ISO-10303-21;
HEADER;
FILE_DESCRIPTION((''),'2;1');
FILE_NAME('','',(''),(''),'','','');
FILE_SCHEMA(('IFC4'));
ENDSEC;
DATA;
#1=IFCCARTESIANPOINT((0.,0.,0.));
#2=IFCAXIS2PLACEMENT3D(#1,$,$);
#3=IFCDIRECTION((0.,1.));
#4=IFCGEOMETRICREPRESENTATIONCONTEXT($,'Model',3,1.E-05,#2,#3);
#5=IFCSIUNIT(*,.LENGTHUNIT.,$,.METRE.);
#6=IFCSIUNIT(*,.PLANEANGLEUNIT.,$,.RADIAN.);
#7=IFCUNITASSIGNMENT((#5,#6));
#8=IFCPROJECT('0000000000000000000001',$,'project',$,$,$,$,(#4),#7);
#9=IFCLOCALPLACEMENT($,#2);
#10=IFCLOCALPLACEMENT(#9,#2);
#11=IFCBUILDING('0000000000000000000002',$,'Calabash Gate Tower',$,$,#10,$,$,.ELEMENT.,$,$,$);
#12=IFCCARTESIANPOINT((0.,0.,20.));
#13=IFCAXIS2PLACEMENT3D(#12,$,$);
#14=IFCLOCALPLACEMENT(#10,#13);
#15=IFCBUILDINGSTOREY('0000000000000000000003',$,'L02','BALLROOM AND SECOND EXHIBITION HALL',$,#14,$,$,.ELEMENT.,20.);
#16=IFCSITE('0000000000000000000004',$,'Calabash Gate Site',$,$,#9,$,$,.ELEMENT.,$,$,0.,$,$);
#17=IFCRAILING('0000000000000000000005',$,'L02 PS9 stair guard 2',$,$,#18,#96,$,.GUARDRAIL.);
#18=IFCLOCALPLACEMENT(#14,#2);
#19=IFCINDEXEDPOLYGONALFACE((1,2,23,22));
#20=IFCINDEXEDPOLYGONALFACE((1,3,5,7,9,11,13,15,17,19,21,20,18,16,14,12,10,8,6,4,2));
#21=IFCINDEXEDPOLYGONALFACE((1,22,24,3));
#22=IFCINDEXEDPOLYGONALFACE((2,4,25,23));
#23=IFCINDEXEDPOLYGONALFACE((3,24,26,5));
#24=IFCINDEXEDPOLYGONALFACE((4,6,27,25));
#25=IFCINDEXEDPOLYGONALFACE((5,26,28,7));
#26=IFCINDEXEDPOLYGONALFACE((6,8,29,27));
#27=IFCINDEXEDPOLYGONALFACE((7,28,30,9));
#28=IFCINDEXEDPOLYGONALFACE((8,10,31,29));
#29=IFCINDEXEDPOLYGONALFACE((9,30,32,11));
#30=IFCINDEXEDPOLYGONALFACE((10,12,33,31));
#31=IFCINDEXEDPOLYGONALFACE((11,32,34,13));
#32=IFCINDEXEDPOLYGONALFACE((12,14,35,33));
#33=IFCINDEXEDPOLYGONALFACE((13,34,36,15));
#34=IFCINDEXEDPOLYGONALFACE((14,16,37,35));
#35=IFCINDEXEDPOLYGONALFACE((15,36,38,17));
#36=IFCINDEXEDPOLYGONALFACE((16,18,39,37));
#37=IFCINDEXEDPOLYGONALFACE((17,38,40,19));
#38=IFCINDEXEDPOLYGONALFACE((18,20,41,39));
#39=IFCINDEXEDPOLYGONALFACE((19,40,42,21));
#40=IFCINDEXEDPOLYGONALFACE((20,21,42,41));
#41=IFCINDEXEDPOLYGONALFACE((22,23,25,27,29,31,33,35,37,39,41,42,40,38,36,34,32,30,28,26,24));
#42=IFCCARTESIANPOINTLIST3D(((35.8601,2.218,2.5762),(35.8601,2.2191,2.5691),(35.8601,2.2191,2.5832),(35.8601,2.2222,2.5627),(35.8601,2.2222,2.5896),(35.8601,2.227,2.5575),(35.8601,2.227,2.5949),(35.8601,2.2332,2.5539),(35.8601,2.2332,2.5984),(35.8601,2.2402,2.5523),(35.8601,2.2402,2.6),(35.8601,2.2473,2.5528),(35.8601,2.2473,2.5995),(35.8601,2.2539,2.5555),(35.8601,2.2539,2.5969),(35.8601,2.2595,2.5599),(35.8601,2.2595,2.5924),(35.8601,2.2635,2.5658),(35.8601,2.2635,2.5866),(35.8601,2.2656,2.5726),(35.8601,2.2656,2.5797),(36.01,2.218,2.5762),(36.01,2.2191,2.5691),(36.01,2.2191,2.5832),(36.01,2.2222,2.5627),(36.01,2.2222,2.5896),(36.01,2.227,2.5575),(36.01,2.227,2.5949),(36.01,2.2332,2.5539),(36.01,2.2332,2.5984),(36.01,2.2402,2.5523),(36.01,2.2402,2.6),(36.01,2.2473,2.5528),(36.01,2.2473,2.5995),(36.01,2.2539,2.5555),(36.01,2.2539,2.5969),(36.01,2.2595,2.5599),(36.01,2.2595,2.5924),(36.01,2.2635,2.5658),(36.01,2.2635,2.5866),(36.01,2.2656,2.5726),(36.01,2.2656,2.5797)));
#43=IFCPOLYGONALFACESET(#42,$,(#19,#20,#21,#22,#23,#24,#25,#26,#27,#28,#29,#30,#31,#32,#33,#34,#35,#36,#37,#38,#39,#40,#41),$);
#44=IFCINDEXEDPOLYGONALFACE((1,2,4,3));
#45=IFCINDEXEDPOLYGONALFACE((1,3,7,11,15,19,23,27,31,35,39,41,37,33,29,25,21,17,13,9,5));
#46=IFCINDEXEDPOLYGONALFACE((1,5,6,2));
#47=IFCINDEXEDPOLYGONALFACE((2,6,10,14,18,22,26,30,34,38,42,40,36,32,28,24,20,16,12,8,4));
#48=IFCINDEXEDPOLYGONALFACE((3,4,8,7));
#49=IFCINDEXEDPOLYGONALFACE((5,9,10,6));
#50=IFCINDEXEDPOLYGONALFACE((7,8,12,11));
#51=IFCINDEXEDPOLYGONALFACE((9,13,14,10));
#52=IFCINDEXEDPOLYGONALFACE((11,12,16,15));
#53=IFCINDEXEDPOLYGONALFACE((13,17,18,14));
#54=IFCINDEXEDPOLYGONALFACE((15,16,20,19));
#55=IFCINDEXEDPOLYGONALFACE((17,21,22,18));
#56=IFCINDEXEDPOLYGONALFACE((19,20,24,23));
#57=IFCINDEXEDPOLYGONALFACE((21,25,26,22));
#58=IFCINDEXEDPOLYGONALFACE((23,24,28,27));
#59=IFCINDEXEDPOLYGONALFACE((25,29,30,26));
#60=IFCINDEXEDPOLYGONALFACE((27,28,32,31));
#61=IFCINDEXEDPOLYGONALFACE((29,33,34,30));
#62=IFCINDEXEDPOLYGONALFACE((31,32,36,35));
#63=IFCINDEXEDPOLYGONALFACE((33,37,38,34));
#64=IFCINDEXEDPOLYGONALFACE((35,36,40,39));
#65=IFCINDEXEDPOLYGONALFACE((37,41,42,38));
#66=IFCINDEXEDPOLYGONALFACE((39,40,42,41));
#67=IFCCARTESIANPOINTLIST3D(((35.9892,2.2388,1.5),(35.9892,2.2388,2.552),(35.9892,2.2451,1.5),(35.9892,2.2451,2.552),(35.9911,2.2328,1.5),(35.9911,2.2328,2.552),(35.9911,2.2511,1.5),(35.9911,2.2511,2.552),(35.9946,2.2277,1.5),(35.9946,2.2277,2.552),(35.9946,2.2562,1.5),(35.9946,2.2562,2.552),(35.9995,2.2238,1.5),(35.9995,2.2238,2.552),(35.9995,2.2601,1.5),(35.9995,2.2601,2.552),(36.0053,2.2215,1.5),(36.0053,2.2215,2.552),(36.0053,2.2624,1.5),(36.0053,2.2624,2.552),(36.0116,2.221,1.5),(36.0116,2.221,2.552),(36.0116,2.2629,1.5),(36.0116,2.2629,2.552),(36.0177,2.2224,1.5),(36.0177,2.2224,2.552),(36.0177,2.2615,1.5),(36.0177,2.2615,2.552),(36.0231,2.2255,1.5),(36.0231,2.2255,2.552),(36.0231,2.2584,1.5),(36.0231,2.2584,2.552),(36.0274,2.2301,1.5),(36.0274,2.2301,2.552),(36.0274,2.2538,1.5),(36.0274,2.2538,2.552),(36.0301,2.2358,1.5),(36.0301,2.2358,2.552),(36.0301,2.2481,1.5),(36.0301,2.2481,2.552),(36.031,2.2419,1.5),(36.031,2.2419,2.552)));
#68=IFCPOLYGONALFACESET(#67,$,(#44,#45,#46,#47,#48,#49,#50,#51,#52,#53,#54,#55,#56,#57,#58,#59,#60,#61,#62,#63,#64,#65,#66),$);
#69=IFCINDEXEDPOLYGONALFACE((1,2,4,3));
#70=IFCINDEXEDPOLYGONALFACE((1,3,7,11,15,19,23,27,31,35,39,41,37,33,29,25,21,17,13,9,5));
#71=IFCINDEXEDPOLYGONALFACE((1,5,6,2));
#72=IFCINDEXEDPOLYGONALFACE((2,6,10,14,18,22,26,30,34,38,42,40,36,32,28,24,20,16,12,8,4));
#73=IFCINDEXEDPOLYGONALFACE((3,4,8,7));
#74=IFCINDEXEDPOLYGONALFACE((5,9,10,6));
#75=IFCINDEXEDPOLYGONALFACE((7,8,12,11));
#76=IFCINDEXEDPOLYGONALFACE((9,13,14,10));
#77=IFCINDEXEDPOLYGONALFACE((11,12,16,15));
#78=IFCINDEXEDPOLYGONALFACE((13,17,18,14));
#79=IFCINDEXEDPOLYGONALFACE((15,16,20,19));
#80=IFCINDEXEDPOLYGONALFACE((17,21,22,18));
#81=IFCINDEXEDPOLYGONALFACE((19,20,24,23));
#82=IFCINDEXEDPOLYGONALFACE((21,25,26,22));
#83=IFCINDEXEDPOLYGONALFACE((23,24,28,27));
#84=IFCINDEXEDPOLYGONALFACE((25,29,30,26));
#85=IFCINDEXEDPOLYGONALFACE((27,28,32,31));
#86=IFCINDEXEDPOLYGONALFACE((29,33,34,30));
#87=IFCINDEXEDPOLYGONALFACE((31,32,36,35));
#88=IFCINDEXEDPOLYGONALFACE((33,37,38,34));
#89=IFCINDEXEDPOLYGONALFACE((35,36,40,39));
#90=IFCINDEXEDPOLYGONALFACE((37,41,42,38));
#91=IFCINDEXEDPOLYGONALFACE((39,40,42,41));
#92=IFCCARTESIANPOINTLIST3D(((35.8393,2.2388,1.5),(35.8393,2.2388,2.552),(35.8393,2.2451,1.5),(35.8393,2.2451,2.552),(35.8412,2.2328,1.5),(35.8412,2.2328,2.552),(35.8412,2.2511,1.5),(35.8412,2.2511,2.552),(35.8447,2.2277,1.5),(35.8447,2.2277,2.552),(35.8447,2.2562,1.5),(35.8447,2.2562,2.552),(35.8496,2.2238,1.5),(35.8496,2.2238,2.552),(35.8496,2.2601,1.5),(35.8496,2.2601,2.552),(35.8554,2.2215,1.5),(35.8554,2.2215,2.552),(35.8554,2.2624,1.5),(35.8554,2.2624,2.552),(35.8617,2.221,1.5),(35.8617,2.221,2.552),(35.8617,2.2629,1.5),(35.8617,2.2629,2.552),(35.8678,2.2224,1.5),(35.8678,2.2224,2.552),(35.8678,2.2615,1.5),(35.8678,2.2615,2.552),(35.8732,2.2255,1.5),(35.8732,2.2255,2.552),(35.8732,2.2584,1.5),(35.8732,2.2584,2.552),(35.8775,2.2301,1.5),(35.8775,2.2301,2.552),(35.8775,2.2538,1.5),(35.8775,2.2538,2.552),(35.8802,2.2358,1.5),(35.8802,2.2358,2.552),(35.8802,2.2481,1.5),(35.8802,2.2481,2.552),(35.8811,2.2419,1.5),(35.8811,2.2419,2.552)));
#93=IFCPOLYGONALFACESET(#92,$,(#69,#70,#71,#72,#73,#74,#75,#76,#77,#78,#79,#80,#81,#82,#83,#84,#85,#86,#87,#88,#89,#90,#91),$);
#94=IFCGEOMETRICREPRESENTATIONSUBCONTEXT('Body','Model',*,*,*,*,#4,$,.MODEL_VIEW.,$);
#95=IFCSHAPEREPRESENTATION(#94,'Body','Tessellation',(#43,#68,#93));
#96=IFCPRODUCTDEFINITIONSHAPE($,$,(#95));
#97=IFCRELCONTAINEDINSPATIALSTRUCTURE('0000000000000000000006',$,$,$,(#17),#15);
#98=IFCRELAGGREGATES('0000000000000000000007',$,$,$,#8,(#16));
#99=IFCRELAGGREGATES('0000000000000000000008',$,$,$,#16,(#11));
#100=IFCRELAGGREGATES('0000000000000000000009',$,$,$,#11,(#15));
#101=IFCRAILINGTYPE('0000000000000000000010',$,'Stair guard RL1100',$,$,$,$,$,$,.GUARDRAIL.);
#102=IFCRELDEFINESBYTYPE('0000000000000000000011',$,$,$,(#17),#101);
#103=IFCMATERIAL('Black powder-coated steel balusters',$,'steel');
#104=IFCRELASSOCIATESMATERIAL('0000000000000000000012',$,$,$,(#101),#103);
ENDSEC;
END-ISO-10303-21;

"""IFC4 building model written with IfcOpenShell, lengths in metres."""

from ifc_helpers import new_model, si_unit, direction, frame, origin, origin_2d, place, context, subcontext, project, spatial, circle, extrude, material, type_object, element, save


model = new_model("IFC4")

# Units and contexts
model_context = context("Model", 3, precision=1e-05, world=origin(), true_north=direction((0.0, 1.0)))
body_context = subcontext(model_context, "Body", "Model", "MODEL_VIEW")
ifc_project = project(units=[si_unit("LENGTHUNIT", "METRE"), si_unit("PLANEANGLEUNIT", "RADIAN")], contexts=[model_context])

# Site, building, storey
site_placement = place(None, origin())
site = spatial("IfcSite", under=ifc_project, at=site_placement, Name="Calabash Gate Site", CompositionType="ELEMENT", RefElevation=0.0)
building_placement = place(site_placement, origin())
building = spatial("IfcBuilding", under=site, at=building_placement, Name="Calabash Gate Tower", CompositionType="ELEMENT")
storey_placement = place(building_placement, frame((0.0, 0.0, 20.0)))
storey = spatial("IfcBuildingStorey", under=building, at=storey_placement, Name="L02", Description="BALLROOM AND SECOND EXHIBITION HALL", CompositionType="ELEMENT", Elevation=20.0)

# Railing
ifc_material_1 = material(Name="Black powder-coated steel balusters", Category="steel")
railing_type = type_object("IfcRailingType", Name="Stair guard RL1100", PredefinedType="GUARDRAIL", material=ifc_material_1)
railing_1_placement = place(storey_placement, frame((36.01, 2.2419, 1.5)))
element("IfcRailing", 1, at=railing_1_placement, inside=storey, type_object=railing_type, Name="L02 PS9 stair guard 2", PredefinedType="GUARDRAIL", context=body_context, shape_type="SweptSolid", body=[
    extrude(circle(Radius=0.0239, at=origin_2d()), frame((0.0, 0.0, 1.0762), z_axis=(-1.0, 0.0, 0.0), x_axis=(0.0, -1.0, 0.0)), (0.0, 0.0, 1.0), 0.1499),
    extrude(circle(Radius=0.021, at=origin_2d()), origin(), (0.0, 0.0, 1.0), 1.052),
    extrude(circle(Radius=0.021, at=origin_2d()), frame((-0.1499, 0.0, 0.0)), (0.0, 0.0, 1.0), 1.052),
])

save(model, "model.ifc")
